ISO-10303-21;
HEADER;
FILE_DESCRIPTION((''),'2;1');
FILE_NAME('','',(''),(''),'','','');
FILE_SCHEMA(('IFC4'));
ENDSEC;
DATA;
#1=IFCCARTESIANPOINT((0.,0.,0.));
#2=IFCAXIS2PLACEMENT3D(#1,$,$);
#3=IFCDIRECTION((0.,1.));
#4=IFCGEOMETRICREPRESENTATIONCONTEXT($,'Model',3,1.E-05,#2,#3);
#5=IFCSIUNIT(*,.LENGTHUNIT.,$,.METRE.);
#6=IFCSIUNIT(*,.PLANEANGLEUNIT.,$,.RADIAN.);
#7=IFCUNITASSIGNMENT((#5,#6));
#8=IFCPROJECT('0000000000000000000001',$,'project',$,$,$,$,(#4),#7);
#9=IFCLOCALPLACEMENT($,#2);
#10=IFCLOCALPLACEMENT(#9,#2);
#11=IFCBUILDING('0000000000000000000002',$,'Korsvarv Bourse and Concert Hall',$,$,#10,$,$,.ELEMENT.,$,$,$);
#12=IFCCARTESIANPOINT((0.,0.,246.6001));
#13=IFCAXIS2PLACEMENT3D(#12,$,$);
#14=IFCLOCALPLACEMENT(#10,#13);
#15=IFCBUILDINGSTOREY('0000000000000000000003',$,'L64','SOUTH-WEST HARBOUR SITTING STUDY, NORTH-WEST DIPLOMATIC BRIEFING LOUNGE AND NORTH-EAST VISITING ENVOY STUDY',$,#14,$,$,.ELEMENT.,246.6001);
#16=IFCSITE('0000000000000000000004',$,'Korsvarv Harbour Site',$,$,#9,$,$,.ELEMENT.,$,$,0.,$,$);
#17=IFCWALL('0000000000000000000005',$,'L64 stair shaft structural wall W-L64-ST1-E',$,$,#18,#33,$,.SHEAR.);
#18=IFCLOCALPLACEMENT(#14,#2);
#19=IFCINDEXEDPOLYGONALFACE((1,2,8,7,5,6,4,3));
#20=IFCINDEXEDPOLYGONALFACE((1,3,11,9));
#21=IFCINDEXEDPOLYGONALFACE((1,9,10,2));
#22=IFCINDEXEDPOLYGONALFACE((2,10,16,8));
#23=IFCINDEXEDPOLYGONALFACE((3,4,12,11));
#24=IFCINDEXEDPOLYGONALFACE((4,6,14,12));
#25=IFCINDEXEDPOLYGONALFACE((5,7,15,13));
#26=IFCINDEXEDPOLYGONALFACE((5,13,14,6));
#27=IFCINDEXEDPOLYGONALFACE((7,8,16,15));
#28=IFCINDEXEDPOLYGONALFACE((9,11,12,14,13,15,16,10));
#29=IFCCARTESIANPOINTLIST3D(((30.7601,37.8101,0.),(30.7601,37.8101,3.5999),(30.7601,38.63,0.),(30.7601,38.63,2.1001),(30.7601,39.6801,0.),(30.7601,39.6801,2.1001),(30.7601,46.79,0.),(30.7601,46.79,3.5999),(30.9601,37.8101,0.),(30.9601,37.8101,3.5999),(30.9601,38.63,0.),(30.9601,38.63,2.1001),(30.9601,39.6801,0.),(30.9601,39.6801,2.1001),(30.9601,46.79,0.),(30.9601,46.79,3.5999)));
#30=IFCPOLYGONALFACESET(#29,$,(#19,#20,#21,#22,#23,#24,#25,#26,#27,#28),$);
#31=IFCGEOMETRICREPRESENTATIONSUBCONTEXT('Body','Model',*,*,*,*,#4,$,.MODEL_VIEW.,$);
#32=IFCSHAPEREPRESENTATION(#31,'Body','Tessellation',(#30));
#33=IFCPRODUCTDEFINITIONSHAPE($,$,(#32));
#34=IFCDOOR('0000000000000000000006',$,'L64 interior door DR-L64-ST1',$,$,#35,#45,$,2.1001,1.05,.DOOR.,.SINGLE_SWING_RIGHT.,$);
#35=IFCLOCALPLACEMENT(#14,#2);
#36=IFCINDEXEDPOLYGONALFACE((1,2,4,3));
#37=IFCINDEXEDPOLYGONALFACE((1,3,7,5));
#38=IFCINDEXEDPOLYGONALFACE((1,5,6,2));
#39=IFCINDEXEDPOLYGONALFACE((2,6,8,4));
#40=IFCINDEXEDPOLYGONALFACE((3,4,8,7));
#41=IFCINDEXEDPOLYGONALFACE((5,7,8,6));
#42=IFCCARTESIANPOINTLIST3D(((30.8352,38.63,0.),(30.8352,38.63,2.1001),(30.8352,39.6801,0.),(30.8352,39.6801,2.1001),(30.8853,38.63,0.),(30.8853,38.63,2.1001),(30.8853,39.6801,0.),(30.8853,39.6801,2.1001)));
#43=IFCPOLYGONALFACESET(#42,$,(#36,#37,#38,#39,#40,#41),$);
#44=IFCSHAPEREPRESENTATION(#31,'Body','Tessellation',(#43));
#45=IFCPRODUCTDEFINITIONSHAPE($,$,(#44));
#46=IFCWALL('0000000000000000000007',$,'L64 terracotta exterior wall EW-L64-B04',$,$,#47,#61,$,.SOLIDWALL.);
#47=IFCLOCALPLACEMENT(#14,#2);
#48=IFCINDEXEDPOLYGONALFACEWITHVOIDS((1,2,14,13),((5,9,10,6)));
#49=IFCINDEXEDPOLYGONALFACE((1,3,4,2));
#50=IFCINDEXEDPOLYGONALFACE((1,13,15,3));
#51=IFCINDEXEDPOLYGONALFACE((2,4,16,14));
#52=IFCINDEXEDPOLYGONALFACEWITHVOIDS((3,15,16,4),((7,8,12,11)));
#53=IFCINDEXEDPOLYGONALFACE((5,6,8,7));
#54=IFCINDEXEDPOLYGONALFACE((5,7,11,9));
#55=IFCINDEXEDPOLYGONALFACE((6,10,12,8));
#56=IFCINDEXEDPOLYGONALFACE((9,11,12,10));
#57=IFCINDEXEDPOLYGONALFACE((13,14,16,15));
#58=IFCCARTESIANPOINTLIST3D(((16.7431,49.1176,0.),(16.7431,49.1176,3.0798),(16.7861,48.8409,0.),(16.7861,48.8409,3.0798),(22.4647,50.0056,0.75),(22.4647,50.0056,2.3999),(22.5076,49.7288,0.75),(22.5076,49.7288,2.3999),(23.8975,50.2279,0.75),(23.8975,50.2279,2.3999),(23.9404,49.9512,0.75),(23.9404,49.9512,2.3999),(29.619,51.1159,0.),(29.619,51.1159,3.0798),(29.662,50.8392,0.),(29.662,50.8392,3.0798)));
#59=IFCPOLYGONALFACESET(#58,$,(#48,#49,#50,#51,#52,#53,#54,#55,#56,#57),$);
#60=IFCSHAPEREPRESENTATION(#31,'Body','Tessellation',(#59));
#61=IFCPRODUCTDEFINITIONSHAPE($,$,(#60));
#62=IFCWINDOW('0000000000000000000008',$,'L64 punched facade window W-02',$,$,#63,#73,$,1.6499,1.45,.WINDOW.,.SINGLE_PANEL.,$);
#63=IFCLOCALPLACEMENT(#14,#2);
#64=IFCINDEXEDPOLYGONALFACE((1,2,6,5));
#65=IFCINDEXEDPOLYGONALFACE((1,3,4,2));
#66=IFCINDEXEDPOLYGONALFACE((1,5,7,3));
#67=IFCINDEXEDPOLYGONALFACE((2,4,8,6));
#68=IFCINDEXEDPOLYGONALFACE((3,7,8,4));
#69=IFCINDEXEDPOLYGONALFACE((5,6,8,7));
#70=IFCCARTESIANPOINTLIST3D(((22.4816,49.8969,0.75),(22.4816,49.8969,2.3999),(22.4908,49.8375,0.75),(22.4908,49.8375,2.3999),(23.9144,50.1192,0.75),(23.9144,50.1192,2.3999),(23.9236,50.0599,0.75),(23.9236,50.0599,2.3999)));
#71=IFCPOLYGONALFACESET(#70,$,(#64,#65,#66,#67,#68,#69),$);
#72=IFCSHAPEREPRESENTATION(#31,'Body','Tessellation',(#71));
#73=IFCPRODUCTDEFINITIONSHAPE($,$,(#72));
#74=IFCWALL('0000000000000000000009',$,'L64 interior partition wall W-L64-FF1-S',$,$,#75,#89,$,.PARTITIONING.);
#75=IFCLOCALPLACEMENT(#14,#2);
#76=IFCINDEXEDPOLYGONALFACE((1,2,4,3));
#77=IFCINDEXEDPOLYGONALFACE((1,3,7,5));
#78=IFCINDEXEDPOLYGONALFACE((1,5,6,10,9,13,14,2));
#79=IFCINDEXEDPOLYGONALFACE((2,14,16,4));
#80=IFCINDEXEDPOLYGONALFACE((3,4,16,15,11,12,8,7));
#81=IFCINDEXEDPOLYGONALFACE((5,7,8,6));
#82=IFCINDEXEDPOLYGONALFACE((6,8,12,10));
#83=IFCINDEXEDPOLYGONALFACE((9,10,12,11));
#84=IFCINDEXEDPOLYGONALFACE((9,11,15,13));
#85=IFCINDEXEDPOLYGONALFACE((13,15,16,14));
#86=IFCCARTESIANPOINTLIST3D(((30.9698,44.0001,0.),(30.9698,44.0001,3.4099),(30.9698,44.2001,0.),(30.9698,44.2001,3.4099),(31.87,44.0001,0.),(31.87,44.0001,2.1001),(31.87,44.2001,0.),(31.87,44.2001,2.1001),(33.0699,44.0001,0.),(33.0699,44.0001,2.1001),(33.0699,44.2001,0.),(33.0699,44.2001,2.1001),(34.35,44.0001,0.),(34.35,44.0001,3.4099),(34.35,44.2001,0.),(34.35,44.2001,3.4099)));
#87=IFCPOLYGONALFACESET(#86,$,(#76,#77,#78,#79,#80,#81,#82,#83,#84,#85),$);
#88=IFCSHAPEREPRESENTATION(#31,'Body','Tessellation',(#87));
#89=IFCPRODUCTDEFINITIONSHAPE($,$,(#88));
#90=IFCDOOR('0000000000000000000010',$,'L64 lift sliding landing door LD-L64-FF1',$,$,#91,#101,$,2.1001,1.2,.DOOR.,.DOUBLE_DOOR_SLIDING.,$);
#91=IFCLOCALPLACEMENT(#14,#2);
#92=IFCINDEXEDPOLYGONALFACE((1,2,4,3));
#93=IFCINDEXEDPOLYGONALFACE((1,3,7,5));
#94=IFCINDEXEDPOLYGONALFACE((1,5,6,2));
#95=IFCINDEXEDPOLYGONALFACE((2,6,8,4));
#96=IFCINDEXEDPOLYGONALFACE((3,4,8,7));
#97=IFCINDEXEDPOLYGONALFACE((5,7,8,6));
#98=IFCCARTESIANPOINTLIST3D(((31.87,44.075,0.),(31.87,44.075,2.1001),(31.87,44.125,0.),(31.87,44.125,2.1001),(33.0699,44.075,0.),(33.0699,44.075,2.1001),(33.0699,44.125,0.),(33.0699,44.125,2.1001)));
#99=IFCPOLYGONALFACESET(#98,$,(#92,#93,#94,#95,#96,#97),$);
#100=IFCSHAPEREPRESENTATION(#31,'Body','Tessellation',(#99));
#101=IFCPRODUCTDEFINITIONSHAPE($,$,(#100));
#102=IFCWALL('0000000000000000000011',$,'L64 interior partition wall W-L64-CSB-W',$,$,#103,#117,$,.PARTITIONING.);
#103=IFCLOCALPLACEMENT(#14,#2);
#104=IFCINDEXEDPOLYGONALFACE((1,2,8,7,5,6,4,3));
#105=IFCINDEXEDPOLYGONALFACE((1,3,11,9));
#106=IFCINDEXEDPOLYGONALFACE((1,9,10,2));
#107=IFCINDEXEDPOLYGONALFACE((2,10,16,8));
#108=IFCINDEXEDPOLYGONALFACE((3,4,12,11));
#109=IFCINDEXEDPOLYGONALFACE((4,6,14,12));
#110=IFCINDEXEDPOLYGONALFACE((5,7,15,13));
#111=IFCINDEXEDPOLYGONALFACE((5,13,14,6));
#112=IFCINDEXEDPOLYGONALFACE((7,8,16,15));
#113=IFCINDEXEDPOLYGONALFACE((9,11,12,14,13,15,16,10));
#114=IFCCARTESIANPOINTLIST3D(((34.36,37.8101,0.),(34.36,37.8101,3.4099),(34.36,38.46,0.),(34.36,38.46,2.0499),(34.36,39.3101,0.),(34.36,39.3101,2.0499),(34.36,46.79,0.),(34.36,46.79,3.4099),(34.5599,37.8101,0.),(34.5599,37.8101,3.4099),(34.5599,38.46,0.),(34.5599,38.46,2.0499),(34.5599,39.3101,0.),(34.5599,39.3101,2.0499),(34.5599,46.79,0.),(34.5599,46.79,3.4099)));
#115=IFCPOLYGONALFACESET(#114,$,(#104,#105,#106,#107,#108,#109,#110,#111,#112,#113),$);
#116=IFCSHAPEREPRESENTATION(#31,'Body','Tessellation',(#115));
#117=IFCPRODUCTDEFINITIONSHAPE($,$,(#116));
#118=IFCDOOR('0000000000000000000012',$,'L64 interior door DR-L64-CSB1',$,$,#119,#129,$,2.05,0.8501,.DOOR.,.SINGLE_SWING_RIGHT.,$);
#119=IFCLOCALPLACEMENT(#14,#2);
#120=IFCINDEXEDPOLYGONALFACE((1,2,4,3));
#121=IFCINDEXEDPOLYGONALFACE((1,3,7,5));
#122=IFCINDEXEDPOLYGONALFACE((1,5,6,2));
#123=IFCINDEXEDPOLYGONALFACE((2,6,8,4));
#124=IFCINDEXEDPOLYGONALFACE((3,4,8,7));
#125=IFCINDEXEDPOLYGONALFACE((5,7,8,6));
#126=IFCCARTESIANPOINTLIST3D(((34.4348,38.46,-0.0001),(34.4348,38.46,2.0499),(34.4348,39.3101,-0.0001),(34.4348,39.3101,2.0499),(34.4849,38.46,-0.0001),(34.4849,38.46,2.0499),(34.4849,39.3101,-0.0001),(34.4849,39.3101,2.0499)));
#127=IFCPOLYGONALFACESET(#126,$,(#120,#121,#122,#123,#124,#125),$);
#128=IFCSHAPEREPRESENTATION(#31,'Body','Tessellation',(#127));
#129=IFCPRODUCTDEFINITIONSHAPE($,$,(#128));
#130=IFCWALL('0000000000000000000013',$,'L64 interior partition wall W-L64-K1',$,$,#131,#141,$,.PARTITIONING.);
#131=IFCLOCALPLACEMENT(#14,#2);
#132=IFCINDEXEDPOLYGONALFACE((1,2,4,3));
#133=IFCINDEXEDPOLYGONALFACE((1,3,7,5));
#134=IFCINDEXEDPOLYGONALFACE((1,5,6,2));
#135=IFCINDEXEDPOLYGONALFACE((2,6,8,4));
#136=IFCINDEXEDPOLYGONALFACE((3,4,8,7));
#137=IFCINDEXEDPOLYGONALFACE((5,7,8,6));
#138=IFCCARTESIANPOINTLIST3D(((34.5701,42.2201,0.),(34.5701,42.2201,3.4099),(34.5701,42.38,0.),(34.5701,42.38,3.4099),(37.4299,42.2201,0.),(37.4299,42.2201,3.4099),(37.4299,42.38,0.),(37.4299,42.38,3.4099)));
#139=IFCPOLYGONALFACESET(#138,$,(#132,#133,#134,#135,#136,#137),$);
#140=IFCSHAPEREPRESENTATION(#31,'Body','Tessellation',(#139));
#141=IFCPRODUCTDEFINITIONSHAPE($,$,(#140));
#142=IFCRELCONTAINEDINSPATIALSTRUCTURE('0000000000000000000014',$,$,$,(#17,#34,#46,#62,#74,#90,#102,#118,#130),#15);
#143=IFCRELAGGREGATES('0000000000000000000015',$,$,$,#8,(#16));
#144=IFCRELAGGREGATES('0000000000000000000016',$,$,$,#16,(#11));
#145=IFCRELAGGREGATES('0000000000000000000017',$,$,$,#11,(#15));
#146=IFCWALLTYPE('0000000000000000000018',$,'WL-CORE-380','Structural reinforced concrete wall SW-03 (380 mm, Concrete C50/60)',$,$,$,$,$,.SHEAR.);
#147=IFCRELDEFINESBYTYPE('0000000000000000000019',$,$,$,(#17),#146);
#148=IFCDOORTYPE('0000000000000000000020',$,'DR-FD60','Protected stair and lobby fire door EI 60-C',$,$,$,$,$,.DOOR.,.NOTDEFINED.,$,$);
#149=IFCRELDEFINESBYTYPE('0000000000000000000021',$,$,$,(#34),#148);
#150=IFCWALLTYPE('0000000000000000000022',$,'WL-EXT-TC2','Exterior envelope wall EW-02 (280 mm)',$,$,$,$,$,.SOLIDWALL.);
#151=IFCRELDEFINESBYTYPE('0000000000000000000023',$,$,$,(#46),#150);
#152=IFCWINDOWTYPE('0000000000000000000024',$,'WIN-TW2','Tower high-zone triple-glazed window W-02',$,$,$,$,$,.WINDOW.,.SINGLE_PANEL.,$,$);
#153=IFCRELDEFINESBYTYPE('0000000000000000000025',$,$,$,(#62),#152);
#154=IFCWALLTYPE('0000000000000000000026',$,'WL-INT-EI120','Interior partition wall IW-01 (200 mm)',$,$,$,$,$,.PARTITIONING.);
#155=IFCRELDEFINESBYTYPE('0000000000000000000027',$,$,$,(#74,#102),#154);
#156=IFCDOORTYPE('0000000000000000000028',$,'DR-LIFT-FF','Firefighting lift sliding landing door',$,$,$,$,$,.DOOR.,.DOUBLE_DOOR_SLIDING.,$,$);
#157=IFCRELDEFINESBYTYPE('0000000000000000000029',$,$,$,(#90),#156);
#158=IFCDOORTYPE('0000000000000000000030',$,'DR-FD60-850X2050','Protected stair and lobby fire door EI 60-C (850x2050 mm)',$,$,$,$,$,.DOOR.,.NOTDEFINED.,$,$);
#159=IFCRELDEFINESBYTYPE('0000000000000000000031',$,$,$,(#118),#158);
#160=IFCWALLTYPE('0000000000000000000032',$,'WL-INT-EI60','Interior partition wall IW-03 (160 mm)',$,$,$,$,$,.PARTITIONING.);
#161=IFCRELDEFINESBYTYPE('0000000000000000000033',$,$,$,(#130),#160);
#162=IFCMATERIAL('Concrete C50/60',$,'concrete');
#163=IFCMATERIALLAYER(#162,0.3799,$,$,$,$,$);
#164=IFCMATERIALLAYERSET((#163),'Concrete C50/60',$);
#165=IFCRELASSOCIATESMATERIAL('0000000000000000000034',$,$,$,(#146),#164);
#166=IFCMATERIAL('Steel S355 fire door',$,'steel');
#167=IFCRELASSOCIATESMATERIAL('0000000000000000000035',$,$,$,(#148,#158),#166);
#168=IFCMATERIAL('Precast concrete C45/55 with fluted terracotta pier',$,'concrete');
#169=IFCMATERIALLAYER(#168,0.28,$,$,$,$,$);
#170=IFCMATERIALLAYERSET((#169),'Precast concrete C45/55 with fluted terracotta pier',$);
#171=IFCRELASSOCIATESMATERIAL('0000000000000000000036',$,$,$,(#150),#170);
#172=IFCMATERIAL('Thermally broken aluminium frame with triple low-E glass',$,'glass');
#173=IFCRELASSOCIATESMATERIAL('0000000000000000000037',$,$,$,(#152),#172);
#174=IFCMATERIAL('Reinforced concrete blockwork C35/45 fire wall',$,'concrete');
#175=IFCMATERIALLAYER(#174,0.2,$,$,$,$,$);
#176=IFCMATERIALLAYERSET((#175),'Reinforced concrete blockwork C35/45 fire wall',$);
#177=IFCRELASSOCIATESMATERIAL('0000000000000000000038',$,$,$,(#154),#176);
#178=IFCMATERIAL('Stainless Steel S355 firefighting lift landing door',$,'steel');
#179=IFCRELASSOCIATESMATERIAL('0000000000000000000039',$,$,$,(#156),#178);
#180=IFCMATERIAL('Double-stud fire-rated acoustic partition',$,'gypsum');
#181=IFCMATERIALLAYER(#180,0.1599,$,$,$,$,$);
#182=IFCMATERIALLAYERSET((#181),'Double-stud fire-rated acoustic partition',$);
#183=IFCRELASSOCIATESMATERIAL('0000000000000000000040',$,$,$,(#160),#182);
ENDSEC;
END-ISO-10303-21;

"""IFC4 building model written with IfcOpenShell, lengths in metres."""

from ifc_helpers import new_model, si_unit, direction, frame, frame_2d, origin, place, context, subcontext, project, spatial, rectangle, extrude, material, layer, layer_set, type_object, element, fill, save


model = new_model("IFC4")

# Units and contexts
model_context = context("Model", 3, precision=1e-05, world=origin(), true_north=direction((0.0, 1.0)))
body_context = subcontext(model_context, "Body", "Model", "MODEL_VIEW")
ifc_project = project(units=[si_unit("LENGTHUNIT", "METRE"), si_unit("PLANEANGLEUNIT", "RADIAN")], contexts=[model_context])

# Site, building, storey
site_placement = place(None, origin())
site = spatial("IfcSite", under=ifc_project, at=site_placement, Name="Korsvarv Harbour Site", CompositionType="ELEMENT", RefElevation=0.0)
building_placement = place(site_placement, origin())
building = spatial("IfcBuilding", under=site, at=building_placement, Name="Korsvarv Bourse and Concert Hall", CompositionType="ELEMENT")
storey_placement = place(building_placement, frame((0.0, 0.0, 246.6001)))
storey = spatial("IfcBuildingStorey", under=building, at=storey_placement, Name="L64", Description="SOUTH-WEST HARBOUR SITTING STUDY, NORTH-WEST DIPLOMATIC BRIEFING LOUNGE AND NORTH-EAST VISITING ENVOY STUDY", CompositionType="ELEMENT", Elevation=246.6001)

# Shared definitions
ifc_material_1 = material(Name="Concrete C50/60", Category="concrete")

# Wall, opening, door
ifc_layer_1 = layer(ifc_material_1, 0.3799)
ifc_layer_set_1 = layer_set([ifc_layer_1], Name="Concrete C50/60")
wall_type_1 = type_object("IfcWallType", Name="WL-CORE-380", Description="Structural reinforced concrete wall SW-03 (380 mm, Concrete C50/60)", PredefinedType="SHEAR", material=ifc_layer_set_1)
wall_1_placement = place(storey_placement, frame((30.8601, 37.8101, 0.0), z_axis=(0.0, 0.0, 1.0), x_axis=(0.0, 1.0, 0.0)))
wall_1 = element("IfcWall", 1, at=wall_1_placement, inside=storey, type_object=wall_type_1, Name="L64 stair shaft structural wall W-L64-ST1-E", PredefinedType="SHEAR", context=body_context, shape_type="SweptSolid", body=[
    extrude(rectangle(XDim=8.98, YDim=0.2, at=frame_2d((4.49, 0.0))), origin(), (0.0, 0.0, 1.0), 3.5999),
])
opening_1_placement = place(wall_1_placement, frame((0.8201, 0.0, 0.0)))
opening_1 = element("IfcOpeningElement", 2, at=opening_1_placement, cuts=wall_1, PredefinedType="OPENING", context=body_context, shape_type="SweptSolid", body=[
    extrude(rectangle(XDim=1.05, YDim=2.1001, at=frame_2d((0.5249, 1.05))), frame((0.0, 0.1099, 0.0), z_axis=(0.0, -1.0, 0.0), x_axis=(1.0, 0.0, 0.0)), (0.0, 0.0, 1.0), 0.22),
])
ifc_material_2 = material(Name="Steel S355 fire door", Category="steel")
door_type_1 = type_object("IfcDoorType", Name="DR-FD60", Description="Protected stair and lobby fire door EI 60-C", OperationType="NOTDEFINED", PredefinedType="DOOR", material=ifc_material_2)
door_1_placement = place(opening_1_placement, origin())
door_1 = element("IfcDoor", 3, at=door_1_placement, inside=storey, type_object=door_type_1, Name="L64 interior door DR-L64-ST1", OperationType="SINGLE_SWING_RIGHT", OverallHeight=2.1001, OverallWidth=1.05, PredefinedType="DOOR", context=body_context, shape_type="SweptSolid", body=[
    extrude(rectangle(XDim=1.05, YDim=2.1001, at=frame_2d((0.5249, 1.05))), frame((0.0, 0.0249, 0.0), z_axis=(0.0, -1.0, 0.0), x_axis=(1.0, 0.0, 0.0)), (0.0, 0.0, 1.0), 0.05),
])
fill(opening_1, door_1)

# Wall, opening, window
ifc_material_3 = material(Name="Precast concrete C45/55 with fluted terracotta pier", Category="concrete")
ifc_layer_2 = layer(ifc_material_3, 0.28)
ifc_layer_set_2 = layer_set([ifc_layer_2], Name="Precast concrete C45/55 with fluted terracotta pier")
wall_type_2 = type_object("IfcWallType", Name="WL-EXT-TC2", Description="Exterior envelope wall EW-02 (280 mm)", PredefinedType="SOLIDWALL", material=ifc_layer_set_2)
wall_2_placement = place(storey_placement, frame((29.6406, 50.9775, 0.0), z_axis=(0.0, 0.0, 1.0), x_axis=(-0.98817, -0.153359, 0.0)))
wall_2 = element("IfcWall", 4, at=wall_2_placement, inside=storey, type_object=wall_type_2, Name="L64 terracotta exterior wall EW-L64-B04", PredefinedType="SOLIDWALL", context=body_context, shape_type="SweptSolid", body=[
    extrude(rectangle(XDim=13.03, YDim=0.28, at=frame_2d((6.5151, 0.0))), origin(), (0.0, 0.0, 1.0), 3.0798),
])
opening_2_placement = place(wall_2_placement, frame((5.79, 0.0, 0.75)))
opening_2 = element("IfcOpeningElement", 5, at=opening_2_placement, cuts=wall_2, PredefinedType="OPENING", context=body_context, shape_type="SweptSolid", body=[
    extrude(rectangle(XDim=1.45, YDim=1.6499, at=frame_2d((0.7251, 0.825))), frame((0.0, 0.1499, 0.0), z_axis=(0.0, -1.0, 0.0), x_axis=(1.0, 0.0, 0.0)), (0.0, 0.0, 1.0), 0.3),
])
ifc_material_4 = material(Name="Thermally broken aluminium frame with triple low-E glass", Category="glass")
window_type = type_object("IfcWindowType", Name="WIN-TW2", Description="Tower high-zone triple-glazed window W-02", PartitioningType="SINGLE_PANEL", PredefinedType="WINDOW", material=ifc_material_4)
window_placement = place(opening_2_placement, origin())
window = element("IfcWindow", 6, at=window_placement, inside=storey, type_object=window_type, Name="L64 punched facade window W-02", OverallHeight=1.6499, OverallWidth=1.45, PartitioningType="SINGLE_PANEL", PredefinedType="WINDOW", context=body_context, shape_type="SweptSolid", body=[
    extrude(rectangle(XDim=1.45, YDim=1.6499, at=frame_2d((0.7251, 0.825))), frame((0.0, 0.03, 0.0), z_axis=(0.0, -1.0, 0.0), x_axis=(1.0, 0.0, 0.0)), (0.0, 0.0, 1.0), 0.0601),
])
fill(opening_2, window)

# Walls, openings, doors
ifc_material_5 = material(Name="Reinforced concrete blockwork C35/45 fire wall", Category="concrete")
ifc_layer_3 = layer(ifc_material_5, 0.2)
ifc_layer_set_3 = layer_set([ifc_layer_3], Name="Reinforced concrete blockwork C35/45 fire wall")
wall_type_3 = type_object("IfcWallType", Name="WL-INT-EI120", Description="Interior partition wall IW-01 (200 mm)", PredefinedType="PARTITIONING", material=ifc_layer_set_3)
wall_3_placement = place(storey_placement, frame((30.97, 44.1001, 0.0), z_axis=(0.0, 0.0, 1.0), x_axis=(1.0, 0.0, 0.0)))
wall_3 = element("IfcWall", 7, at=wall_3_placement, inside=storey, type_object=wall_type_3, Name="L64 interior partition wall W-L64-FF1-S", PredefinedType="PARTITIONING", context=body_context, shape_type="SweptSolid", body=[
    extrude(rectangle(XDim=3.3801, YDim=0.2, at=frame_2d((1.6899, 0.0))), origin(), (0.0, 0.0, 1.0), 3.4099),
])
opening_3_placement = place(wall_3_placement, frame((0.8999, 0.0, 0.0)))
opening_3 = element("IfcOpeningElement", 8, at=opening_3_placement, cuts=wall_3, PredefinedType="OPENING", context=body_context, shape_type="SweptSolid", body=[
    extrude(rectangle(XDim=1.2, YDim=2.1001, at=frame_2d((0.6001, 1.05))), frame((0.0, 0.1099, 0.0), z_axis=(0.0, -1.0, 0.0), x_axis=(1.0, 0.0, 0.0)), (0.0, 0.0, 1.0), 0.22),
])
ifc_material_6 = material(Name="Stainless Steel S355 firefighting lift landing door", Category="steel")
door_type_2 = type_object("IfcDoorType", Name="DR-LIFT-FF", Description="Firefighting lift sliding landing door", OperationType="DOUBLE_DOOR_SLIDING", PredefinedType="DOOR", material=ifc_material_6)
door_2_placement = place(opening_3_placement, origin())
door_2 = element("IfcDoor", 9, at=door_2_placement, inside=storey, type_object=door_type_2, Name="L64 lift sliding landing door LD-L64-FF1", OperationType="DOUBLE_DOOR_SLIDING", OverallHeight=2.1001, OverallWidth=1.2, PredefinedType="DOOR", context=body_context, shape_type="SweptSolid", body=[
    extrude(rectangle(XDim=1.2, YDim=2.1001, at=frame_2d((0.6001, 1.05))), frame((0.0, 0.0249, 0.0), z_axis=(0.0, -1.0, 0.0), x_axis=(1.0, 0.0, 0.0)), (0.0, 0.0, 1.0), 0.05),
])
fill(opening_3, door_2)
wall_4_placement = place(storey_placement, frame((34.46, 37.8101, 0.0), z_axis=(0.0, 0.0, 1.0), x_axis=(0.0, 1.0, 0.0)))
wall_4 = element("IfcWall", 10, at=wall_4_placement, inside=storey, type_object=wall_type_3, Name="L64 interior partition wall W-L64-CSB-W", PredefinedType="PARTITIONING", context=body_context, shape_type="SweptSolid", body=[
    extrude(rectangle(XDim=8.98, YDim=0.2, at=frame_2d((4.49, 0.0))), origin(), (0.0, 0.0, 1.0), 3.4099),
])
opening_4_placement = place(wall_4_placement, frame((0.6499, 0.0, 0.0)))
opening_4 = element("IfcOpeningElement", 11, at=opening_4_placement, cuts=wall_4, PredefinedType="OPENING", context=body_context, shape_type="SweptSolid", body=[
    extrude(rectangle(XDim=0.8501, YDim=2.05, at=frame_2d((0.425, 1.0249))), frame((0.0, 0.1099, 0.0), z_axis=(0.0, -1.0, 0.0), x_axis=(1.0, 0.0, 0.0)), (0.0, 0.0, 1.0), 0.22),
])
door_type_3 = type_object("IfcDoorType", Name="DR-FD60-850X2050", Description="Protected stair and lobby fire door EI 60-C (850x2050 mm)", OperationType="NOTDEFINED", PredefinedType="DOOR", material=ifc_material_2)
door_3_placement = place(opening_4_placement, frame((0.8501, 0.0, 0.0), z_axis=(0.0, 0.0, 1.0), x_axis=(-1.0, 0.0, 0.0)))
door_3 = element("IfcDoor", 12, at=door_3_placement, inside=storey, type_object=door_type_3, Name="L64 interior door DR-L64-CSB1", OperationType="SINGLE_SWING_RIGHT", OverallHeight=2.05, OverallWidth=0.8501, PredefinedType="DOOR", context=body_context, shape_type="SweptSolid", body=[
    extrude(rectangle(XDim=0.8501, YDim=2.05, at=frame_2d((0.425, 1.0249))), frame((0.0, 0.0249, 0.0), z_axis=(0.0, -1.0, 0.0), x_axis=(1.0, 0.0, 0.0)), (0.0, 0.0, 1.0), 0.05),
])
fill(opening_4, door_3)

# Wall
ifc_material_7 = material(Name="Double-stud fire-rated acoustic partition", Category="gypsum")
ifc_layer_4 = layer(ifc_material_7, 0.1599)
ifc_layer_set_4 = layer_set([ifc_layer_4], Name="Double-stud fire-rated acoustic partition")
wall_type_4 = type_object("IfcWallType", Name="WL-INT-EI60", Description="Interior partition wall IW-03 (160 mm)", PredefinedType="PARTITIONING", material=ifc_layer_set_4)
wall_5_placement = place(storey_placement, frame((34.5701, 42.3, 0.0), z_axis=(0.0, 0.0, 1.0), x_axis=(1.0, 0.0, 0.0)))
element("IfcWall", 13, at=wall_5_placement, inside=storey, type_object=wall_type_4, Name="L64 interior partition wall W-L64-K1", PredefinedType="PARTITIONING", context=body_context, shape_type="SweptSolid", body=[
    extrude(rectangle(XDim=2.8599, YDim=0.1599, at=frame_2d((1.4299, 0.0))), origin(), (0.0, 0.0, 1.0), 3.4099),
])

save(model, "model.ifc")
